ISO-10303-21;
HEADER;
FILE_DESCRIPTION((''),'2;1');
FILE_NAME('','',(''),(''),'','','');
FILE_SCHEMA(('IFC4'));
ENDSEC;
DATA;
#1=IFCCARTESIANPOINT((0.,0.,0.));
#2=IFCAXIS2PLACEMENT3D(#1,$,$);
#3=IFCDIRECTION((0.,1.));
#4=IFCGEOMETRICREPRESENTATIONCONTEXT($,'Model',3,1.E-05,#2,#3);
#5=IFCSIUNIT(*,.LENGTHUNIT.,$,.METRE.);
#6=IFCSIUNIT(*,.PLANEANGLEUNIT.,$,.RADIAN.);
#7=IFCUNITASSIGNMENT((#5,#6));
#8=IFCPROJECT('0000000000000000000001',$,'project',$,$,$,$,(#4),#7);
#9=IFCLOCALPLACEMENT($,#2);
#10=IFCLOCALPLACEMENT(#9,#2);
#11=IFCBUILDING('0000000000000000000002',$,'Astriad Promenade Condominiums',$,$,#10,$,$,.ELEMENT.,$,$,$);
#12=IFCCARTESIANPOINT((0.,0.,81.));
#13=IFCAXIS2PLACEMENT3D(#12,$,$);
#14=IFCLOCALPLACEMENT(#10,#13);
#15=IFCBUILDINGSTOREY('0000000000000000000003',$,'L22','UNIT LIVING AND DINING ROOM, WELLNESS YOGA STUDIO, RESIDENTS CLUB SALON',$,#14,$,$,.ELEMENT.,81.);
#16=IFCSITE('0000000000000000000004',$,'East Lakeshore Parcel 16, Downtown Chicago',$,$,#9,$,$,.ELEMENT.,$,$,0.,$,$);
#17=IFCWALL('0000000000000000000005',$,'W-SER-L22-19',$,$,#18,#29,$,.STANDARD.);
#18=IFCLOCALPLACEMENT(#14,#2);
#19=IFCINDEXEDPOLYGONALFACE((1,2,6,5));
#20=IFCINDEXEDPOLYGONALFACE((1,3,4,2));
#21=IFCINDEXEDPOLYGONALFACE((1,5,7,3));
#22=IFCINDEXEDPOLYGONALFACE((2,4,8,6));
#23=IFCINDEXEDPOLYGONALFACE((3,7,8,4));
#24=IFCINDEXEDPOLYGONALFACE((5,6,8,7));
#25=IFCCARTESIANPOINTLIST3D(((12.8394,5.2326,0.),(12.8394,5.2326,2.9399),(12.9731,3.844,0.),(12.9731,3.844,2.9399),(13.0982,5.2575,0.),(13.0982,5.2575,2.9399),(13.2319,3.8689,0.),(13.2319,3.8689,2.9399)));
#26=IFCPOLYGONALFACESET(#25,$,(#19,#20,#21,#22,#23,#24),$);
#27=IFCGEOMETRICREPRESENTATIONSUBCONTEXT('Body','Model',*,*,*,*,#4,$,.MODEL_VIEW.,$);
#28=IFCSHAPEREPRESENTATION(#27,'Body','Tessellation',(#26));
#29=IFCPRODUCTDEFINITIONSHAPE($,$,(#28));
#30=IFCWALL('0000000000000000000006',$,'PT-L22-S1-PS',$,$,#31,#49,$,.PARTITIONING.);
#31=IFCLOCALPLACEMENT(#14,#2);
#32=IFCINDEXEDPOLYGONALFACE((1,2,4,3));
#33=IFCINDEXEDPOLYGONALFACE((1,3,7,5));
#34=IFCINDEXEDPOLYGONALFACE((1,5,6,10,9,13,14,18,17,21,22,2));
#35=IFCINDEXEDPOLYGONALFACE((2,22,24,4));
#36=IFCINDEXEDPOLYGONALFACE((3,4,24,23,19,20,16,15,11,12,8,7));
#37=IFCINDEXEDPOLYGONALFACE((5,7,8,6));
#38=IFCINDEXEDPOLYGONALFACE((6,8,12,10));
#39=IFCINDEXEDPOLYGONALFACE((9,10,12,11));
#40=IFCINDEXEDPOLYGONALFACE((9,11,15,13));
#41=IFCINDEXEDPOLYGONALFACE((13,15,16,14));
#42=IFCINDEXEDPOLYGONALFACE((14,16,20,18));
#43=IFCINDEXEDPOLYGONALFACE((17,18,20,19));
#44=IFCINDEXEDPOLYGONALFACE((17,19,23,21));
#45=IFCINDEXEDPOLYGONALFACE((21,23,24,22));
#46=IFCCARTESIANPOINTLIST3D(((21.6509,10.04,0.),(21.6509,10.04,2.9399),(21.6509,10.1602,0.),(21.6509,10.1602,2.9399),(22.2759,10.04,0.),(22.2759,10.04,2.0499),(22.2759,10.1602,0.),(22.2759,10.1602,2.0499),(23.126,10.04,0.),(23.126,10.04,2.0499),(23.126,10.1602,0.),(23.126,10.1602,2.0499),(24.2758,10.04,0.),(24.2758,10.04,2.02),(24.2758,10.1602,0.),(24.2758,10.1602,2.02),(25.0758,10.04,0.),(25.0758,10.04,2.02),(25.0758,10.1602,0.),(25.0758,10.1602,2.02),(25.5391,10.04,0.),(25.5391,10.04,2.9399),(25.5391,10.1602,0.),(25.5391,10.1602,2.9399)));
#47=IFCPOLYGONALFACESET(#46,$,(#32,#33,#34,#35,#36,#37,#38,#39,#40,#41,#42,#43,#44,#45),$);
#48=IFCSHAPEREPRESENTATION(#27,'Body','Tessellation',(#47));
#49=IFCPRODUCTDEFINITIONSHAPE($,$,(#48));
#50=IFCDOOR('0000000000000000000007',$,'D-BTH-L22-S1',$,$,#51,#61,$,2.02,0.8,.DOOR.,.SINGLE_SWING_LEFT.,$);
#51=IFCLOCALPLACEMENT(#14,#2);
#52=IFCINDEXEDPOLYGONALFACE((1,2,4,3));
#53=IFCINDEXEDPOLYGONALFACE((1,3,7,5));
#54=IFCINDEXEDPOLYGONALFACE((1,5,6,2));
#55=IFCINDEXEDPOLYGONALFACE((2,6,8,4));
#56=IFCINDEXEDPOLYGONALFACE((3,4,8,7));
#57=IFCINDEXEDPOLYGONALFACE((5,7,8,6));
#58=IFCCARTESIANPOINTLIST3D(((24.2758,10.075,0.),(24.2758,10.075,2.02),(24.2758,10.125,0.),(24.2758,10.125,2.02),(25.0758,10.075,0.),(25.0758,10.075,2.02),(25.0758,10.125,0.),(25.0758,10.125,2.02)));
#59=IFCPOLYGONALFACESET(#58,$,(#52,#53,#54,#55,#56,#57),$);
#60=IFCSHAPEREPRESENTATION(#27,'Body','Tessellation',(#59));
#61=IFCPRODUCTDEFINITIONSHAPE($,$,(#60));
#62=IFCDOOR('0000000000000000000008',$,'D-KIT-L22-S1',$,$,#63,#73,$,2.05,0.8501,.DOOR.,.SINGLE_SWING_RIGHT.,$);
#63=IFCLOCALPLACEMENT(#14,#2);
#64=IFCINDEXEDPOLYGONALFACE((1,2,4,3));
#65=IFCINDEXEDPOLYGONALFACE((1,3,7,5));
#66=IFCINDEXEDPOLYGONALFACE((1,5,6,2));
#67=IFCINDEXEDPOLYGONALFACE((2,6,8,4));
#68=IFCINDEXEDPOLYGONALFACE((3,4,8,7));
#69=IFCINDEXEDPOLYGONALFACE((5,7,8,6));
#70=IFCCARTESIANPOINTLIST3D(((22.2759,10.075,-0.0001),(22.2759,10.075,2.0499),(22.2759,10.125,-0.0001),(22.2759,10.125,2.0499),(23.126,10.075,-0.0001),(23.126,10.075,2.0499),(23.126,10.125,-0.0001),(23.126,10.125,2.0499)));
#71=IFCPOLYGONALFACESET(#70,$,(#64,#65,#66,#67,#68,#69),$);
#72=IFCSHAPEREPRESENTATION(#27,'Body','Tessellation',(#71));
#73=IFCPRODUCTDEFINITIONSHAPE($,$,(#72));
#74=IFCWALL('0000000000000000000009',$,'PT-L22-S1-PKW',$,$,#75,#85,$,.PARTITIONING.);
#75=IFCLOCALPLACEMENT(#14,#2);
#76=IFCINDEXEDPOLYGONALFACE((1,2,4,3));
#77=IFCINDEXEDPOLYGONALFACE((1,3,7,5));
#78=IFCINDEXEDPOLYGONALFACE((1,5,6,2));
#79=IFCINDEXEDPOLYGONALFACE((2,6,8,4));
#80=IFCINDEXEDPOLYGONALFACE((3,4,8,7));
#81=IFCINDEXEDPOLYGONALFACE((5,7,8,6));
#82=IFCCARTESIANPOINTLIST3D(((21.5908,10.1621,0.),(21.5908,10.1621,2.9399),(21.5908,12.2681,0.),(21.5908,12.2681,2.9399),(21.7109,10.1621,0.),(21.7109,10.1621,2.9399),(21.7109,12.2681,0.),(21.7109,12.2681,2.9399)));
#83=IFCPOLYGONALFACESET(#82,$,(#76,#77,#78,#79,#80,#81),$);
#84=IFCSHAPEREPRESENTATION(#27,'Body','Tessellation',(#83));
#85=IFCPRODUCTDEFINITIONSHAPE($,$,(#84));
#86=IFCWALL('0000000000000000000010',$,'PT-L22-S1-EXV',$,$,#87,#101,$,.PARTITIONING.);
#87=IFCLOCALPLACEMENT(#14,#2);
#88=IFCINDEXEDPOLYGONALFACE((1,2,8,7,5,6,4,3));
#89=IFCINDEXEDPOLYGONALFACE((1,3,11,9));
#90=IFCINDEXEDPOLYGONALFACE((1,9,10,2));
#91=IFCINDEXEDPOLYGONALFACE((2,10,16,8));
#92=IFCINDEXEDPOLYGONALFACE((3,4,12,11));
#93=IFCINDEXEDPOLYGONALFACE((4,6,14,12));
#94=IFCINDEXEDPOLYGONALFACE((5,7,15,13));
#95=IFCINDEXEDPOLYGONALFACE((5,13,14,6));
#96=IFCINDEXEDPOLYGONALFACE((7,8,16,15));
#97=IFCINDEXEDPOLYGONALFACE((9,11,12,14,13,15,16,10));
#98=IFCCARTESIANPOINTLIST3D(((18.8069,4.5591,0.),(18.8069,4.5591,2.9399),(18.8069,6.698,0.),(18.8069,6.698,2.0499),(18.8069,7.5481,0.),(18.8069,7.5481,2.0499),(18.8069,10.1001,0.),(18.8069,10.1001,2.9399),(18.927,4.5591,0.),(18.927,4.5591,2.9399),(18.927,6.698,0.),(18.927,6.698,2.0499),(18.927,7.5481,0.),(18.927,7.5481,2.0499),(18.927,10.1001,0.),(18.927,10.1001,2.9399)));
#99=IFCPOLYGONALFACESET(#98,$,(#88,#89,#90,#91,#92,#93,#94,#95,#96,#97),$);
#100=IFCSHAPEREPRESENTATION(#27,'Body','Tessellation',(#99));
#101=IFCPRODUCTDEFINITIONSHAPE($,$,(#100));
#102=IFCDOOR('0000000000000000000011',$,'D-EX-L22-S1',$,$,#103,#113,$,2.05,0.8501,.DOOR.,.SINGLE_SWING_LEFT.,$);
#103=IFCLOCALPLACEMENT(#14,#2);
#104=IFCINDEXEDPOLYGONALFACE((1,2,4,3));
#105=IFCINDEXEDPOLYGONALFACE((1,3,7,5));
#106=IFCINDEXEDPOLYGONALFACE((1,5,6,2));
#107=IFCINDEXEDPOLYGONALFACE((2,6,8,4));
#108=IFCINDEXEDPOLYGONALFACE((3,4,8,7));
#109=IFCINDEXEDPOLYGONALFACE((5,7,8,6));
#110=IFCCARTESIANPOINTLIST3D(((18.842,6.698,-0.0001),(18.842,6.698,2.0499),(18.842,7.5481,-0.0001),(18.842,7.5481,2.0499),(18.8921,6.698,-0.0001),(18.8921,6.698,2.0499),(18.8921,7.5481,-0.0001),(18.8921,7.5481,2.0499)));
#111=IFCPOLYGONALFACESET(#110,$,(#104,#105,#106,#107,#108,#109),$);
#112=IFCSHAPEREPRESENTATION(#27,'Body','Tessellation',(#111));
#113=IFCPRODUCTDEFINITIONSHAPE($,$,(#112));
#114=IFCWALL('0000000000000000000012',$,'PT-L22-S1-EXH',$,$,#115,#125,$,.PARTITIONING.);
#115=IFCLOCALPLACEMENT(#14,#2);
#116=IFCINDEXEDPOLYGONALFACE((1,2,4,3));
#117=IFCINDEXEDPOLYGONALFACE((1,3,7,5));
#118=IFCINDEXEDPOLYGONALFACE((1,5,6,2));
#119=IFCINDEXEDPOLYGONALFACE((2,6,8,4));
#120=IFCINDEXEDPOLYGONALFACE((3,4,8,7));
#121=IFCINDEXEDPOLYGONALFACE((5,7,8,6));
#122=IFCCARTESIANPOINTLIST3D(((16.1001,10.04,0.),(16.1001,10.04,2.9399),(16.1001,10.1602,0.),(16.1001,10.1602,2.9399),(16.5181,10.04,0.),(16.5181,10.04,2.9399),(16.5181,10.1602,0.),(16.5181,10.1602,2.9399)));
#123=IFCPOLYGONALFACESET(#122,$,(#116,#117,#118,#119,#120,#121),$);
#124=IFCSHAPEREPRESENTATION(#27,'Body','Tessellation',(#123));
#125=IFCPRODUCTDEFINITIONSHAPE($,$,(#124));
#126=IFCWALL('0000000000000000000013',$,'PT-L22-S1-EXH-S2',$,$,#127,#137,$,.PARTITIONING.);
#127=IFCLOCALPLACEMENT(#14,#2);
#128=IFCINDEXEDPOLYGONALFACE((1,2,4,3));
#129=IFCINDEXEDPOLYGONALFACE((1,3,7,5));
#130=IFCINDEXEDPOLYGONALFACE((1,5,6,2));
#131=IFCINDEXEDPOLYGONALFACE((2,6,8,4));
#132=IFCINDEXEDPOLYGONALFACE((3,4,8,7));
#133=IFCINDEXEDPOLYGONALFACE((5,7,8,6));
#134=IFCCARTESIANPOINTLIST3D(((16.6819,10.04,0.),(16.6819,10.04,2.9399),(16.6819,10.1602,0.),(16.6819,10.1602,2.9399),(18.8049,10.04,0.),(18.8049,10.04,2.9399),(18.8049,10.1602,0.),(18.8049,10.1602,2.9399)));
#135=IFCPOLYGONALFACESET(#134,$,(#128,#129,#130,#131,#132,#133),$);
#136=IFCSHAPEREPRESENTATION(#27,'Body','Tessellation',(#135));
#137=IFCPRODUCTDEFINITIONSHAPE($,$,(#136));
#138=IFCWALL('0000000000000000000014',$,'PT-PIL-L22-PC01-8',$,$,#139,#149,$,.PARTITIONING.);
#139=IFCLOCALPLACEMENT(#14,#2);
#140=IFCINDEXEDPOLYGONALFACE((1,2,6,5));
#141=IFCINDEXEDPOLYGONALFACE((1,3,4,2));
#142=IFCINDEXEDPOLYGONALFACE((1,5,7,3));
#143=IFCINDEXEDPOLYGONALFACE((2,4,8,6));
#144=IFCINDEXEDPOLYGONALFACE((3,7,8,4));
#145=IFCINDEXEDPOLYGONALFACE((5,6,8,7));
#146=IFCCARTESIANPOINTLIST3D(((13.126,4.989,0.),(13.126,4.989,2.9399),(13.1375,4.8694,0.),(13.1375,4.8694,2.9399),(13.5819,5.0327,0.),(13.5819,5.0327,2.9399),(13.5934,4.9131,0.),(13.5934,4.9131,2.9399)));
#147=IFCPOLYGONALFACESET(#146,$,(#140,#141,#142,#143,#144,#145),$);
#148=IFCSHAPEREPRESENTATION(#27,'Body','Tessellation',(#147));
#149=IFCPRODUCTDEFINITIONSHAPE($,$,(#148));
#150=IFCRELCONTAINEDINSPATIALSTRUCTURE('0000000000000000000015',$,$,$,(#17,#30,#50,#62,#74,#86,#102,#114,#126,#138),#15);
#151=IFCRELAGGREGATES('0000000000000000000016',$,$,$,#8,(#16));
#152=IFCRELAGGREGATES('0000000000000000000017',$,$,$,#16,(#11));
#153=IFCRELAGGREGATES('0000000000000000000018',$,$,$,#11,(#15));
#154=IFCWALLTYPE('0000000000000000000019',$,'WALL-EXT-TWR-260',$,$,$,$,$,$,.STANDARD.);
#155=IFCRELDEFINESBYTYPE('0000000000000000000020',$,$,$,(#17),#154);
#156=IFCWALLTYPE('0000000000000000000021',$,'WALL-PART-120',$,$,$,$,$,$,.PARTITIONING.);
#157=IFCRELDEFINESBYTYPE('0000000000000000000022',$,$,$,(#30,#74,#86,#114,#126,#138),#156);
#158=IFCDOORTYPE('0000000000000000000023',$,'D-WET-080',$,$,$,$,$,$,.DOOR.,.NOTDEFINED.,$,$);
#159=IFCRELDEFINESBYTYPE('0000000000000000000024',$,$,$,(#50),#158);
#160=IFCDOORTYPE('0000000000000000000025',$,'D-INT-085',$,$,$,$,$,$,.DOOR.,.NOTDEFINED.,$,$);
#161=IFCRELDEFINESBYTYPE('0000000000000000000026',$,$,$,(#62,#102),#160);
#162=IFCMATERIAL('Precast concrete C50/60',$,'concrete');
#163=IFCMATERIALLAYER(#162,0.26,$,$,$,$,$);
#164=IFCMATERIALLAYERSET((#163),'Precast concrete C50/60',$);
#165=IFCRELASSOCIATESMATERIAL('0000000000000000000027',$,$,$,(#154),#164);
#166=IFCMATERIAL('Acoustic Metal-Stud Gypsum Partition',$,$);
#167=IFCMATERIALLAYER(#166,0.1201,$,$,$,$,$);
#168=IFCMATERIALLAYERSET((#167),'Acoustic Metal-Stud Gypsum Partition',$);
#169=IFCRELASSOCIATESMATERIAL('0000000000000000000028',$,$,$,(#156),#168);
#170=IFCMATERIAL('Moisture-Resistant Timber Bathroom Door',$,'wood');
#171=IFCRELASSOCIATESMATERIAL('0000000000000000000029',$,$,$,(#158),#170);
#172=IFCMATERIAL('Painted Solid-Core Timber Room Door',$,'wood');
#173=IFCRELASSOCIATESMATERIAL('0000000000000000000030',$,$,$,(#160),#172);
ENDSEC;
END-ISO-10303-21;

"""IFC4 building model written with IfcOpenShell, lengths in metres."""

from ifc_helpers import new_model, si_unit, direction, frame, frame_2d, origin, place, context, subcontext, project, spatial, rectangle, extrude, source, transform, mapped, material, layer, layer_set, type_object, type_shapes, element, fill, save


model = new_model("IFC4")

# Units and contexts
model_context = context("Model", 3, precision=1e-05, world=origin(), true_north=direction((0.0, 1.0)))
body_context = subcontext(model_context, "Body", "Model", "MODEL_VIEW")
ifc_project = project(units=[si_unit("LENGTHUNIT", "METRE"), si_unit("PLANEANGLEUNIT", "RADIAN")], contexts=[model_context])

# Site, building, storey
site_placement = place(None, origin())
site = spatial("IfcSite", under=ifc_project, at=site_placement, Name="East Lakeshore Parcel 16, Downtown Chicago", CompositionType="ELEMENT", RefElevation=0.0)
building_placement = place(site_placement, origin())
building = spatial("IfcBuilding", under=site, at=building_placement, Name="Astriad Promenade Condominiums", CompositionType="ELEMENT")
storey_placement = place(building_placement, frame((0.0, 0.0, 81.0)))
storey = spatial("IfcBuildingStorey", under=building, at=storey_placement, Name="L22", Description="UNIT LIVING AND DINING ROOM, WELLNESS YOGA STUDIO, RESIDENTS CLUB SALON", CompositionType="ELEMENT", Elevation=81.0)

# Wall
ifc_material_1 = material(Name="Precast concrete C50/60", Category="concrete")
ifc_layer_1 = layer(ifc_material_1, 0.26)
ifc_layer_set_1 = layer_set([ifc_layer_1], Name="Precast concrete C50/60")
wall_type_1 = type_object("IfcWallType", Name="WALL-EXT-TWR-260", PredefinedType="STANDARD", material=ifc_layer_set_1)
wall_1_placement = place(storey_placement, frame((13.1025, 3.8564, 0.0), z_axis=(0.0, 0.0, 1.0), x_axis=(-0.095899, 0.995391, 0.0)))
element("IfcWall", 1, at=wall_1_placement, inside=storey, type_object=wall_type_1, Name="W-SER-L22-19", PredefinedType="STANDARD", context=body_context, shape_type="SweptSolid", body=[
    extrude(rectangle(XDim=1.395, YDim=0.26, at=frame_2d((0.6975, 0.0))), origin(), (0.0, 0.0, 1.0), 2.9399),
])

# Wall, openings, doors
ifc_material_2 = material(Name="Acoustic Metal-Stud Gypsum Partition")
ifc_layer_2 = layer(ifc_material_2, 0.1201)
ifc_layer_set_2 = layer_set([ifc_layer_2], Name="Acoustic Metal-Stud Gypsum Partition")
wall_type_2 = type_object("IfcWallType", Name="WALL-PART-120", PredefinedType="PARTITIONING", material=ifc_layer_set_2)
wall_2_placement = place(storey_placement, frame((21.6509, 10.1001, 0.0), z_axis=(0.0, 0.0, 1.0), x_axis=(1.0, 0.0, 0.0)))
wall_2 = element("IfcWall", 2, at=wall_2_placement, inside=storey, type_object=wall_type_2, Name="PT-L22-S1-PS", PredefinedType="PARTITIONING", context=body_context, shape_type="SweptSolid", body=[
    extrude(rectangle(XDim=3.8882, YDim=0.1201, at=frame_2d((1.9441, 0.0))), origin(), (0.0, 0.0, 1.0), 2.9399),
])
opening_1_placement = place(wall_2_placement, frame((0.625, 0.0, 0.0)))
opening_1 = element("IfcOpeningElement", 3, at=opening_1_placement, cuts=wall_2, PredefinedType="OPENING", context=body_context, shape_type="SweptSolid", body=[
    extrude(rectangle(XDim=0.8501, YDim=2.05, at=frame_2d((0.425, 1.0249))), frame((0.0, 0.0701, 0.0), z_axis=(0.0, -1.0, 0.0), x_axis=(1.0, 0.0, 0.0)), (0.0, 0.0, 1.0), 0.1401),
])
opening_2_placement = place(wall_2_placement, frame((2.625, 0.0, 0.0)))
opening_2 = element("IfcOpeningElement", 4, at=opening_2_placement, cuts=wall_2, PredefinedType="OPENING", context=body_context, shape_type="SweptSolid", body=[
    extrude(rectangle(XDim=0.8, YDim=2.02, at=frame_2d((0.3999, 1.01))), frame((0.0, 0.0701, 0.0), z_axis=(0.0, -1.0, 0.0), x_axis=(1.0, 0.0, 0.0)), (0.0, 0.0, 1.0), 0.1401),
])
ifc_material_3 = material(Name="Moisture-Resistant Timber Bathroom Door", Category="wood")
door_type_1 = type_object("IfcDoorType", Name="D-WET-080", OperationType="NOTDEFINED", PredefinedType="DOOR", material=ifc_material_3)
shared_shape_1 = source(origin(), body_context, "Body", "SweptSolid", [
    extrude(rectangle(XDim=0.8, YDim=2.02, at=frame_2d((0.3999, 1.01))), frame((0.0, 0.0249, 0.0), z_axis=(0.0, -1.0, 0.0), x_axis=(1.0, 0.0, 0.0)), (0.0, 0.0, 1.0), 0.05),
])
type_shapes(door_type_1, [shared_shape_1])
door_1_placement = place(opening_2_placement, origin())
door_1 = element("IfcDoor", 5, at=door_1_placement, inside=storey, type_object=door_type_1, Name="D-BTH-L22-S1", OperationType="SINGLE_SWING_LEFT", OverallHeight=2.02, OverallWidth=0.8, PredefinedType="DOOR", context=body_context, shape_type="MappedRepresentation", body=[
    mapped(shared_shape_1, transform((0.0, 0.0, 0.0), scale=1.0)),
])
fill(opening_2, door_1)
ifc_material_4 = material(Name="Painted Solid-Core Timber Room Door", Category="wood")
door_type_2 = type_object("IfcDoorType", Name="D-INT-085", OperationType="NOTDEFINED", PredefinedType="DOOR", material=ifc_material_4)
shared_shape_2 = source(origin(), body_context, "Body", "SweptSolid", [
    extrude(rectangle(XDim=0.8501, YDim=2.05, at=frame_2d((0.425, 1.0249))), frame((0.0, 0.0249, 0.0), z_axis=(0.0, -1.0, 0.0), x_axis=(1.0, 0.0, 0.0)), (0.0, 0.0, 1.0), 0.05),
])
type_shapes(door_type_2, [shared_shape_2])
door_2_placement = place(opening_1_placement, origin())
door_2 = element("IfcDoor", 6, at=door_2_placement, inside=storey, type_object=door_type_2, Name="D-KIT-L22-S1", OperationType="SINGLE_SWING_RIGHT", OverallHeight=2.05, OverallWidth=0.8501, PredefinedType="DOOR", context=body_context, shape_type="MappedRepresentation", body=[
    mapped(shared_shape_2, transform((0.0, 0.0, 0.0), scale=1.0)),
])
fill(opening_1, door_2)

# Wall
wall_3_placement = place(storey_placement, frame((21.6509, 10.1621, 0.0), z_axis=(0.0, 0.0, 1.0), x_axis=(0.0, 1.0, 0.0)))
element("IfcWall", 7, at=wall_3_placement, inside=storey, type_object=wall_type_2, Name="PT-L22-S1-PKW", PredefinedType="PARTITIONING", context=body_context, shape_type="SweptSolid", body=[
    extrude(rectangle(XDim=2.106, YDim=0.1201, at=frame_2d((1.053, 0.0))), origin(), (0.0, 0.0, 1.0), 2.9399),
])

# Wall, opening, door
wall_4_placement = place(storey_placement, frame((18.8669, 4.5591, 0.0), z_axis=(0.0, 0.0, 1.0), x_axis=(0.0, 1.0, 0.0)))
wall_4 = element("IfcWall", 8, at=wall_4_placement, inside=storey, type_object=wall_type_2, Name="PT-L22-S1-EXV", PredefinedType="PARTITIONING", context=body_context, shape_type="SweptSolid", body=[
    extrude(rectangle(XDim=5.541, YDim=0.1201, at=frame_2d((2.7705, 0.0))), origin(), (0.0, 0.0, 1.0), 2.9399),
])
opening_3_placement = place(wall_4_placement, frame((2.1389, 0.0, 0.0)))
opening_3 = element("IfcOpeningElement", 9, at=opening_3_placement, cuts=wall_4, PredefinedType="OPENING", context=body_context, shape_type="SweptSolid", body=[
    extrude(rectangle(XDim=0.8501, YDim=2.05, at=frame_2d((0.425, 1.0249))), frame((0.0, 0.0701, 0.0), z_axis=(0.0, -1.0, 0.0), x_axis=(1.0, 0.0, 0.0)), (0.0, 0.0, 1.0), 0.1401),
])
door_3_placement = place(opening_3_placement, origin())
door_3 = element("IfcDoor", 10, at=door_3_placement, inside=storey, type_object=door_type_2, Name="D-EX-L22-S1", OperationType="SINGLE_SWING_LEFT", OverallHeight=2.05, OverallWidth=0.8501, PredefinedType="DOOR", context=body_context, shape_type="MappedRepresentation", body=[
    mapped(shared_shape_2, transform((0.0, 0.0, 0.0), scale=1.0)),
])
fill(opening_3, door_3)

# Walls
wall_5_placement = place(storey_placement, frame((16.1001, 10.1001, 0.0), z_axis=(0.0, 0.0, 1.0), x_axis=(1.0, 0.0, 0.0)))
element("IfcWall", 11, at=wall_5_placement, inside=storey, type_object=wall_type_2, Name="PT-L22-S1-EXH", PredefinedType="PARTITIONING", context=body_context, shape_type="SweptSolid", body=[
    extrude(rectangle(XDim=0.418, YDim=0.1201, at=frame_2d((0.209, 0.0))), origin(), (0.0, 0.0, 1.0), 2.9399),
])
wall_6_placement = place(storey_placement, frame((16.6819, 10.1001, 0.0), z_axis=(0.0, 0.0, 1.0), x_axis=(1.0, 0.0, 0.0)))
element("IfcWall", 12, at=wall_6_placement, inside=storey, type_object=wall_type_2, Name="PT-L22-S1-EXH-S2", PredefinedType="PARTITIONING", context=body_context, shape_type="SweptSolid", body=[
    extrude(rectangle(XDim=2.123, YDim=0.1201, at=frame_2d((1.0615, 0.0))), origin(), (0.0, 0.0, 1.0), 2.9399),
])
wall_7_placement = place(storey_placement, frame((13.5876, 4.9729, 0.0), z_axis=(0.0, 0.0, 1.0), x_axis=(-0.995435, -0.095438, 0.0)))
element("IfcWall", 13, at=wall_7_placement, inside=storey, type_object=wall_type_2, Name="PT-PIL-L22-PC01-8", PredefinedType="PARTITIONING", context=body_context, shape_type="SweptSolid", body=[
    extrude(rectangle(XDim=0.458, YDim=0.1201, at=frame_2d((0.229, 0.0))), origin(), (0.0, 0.0, 1.0), 2.9399),
])

save(model, "model.ifc")
